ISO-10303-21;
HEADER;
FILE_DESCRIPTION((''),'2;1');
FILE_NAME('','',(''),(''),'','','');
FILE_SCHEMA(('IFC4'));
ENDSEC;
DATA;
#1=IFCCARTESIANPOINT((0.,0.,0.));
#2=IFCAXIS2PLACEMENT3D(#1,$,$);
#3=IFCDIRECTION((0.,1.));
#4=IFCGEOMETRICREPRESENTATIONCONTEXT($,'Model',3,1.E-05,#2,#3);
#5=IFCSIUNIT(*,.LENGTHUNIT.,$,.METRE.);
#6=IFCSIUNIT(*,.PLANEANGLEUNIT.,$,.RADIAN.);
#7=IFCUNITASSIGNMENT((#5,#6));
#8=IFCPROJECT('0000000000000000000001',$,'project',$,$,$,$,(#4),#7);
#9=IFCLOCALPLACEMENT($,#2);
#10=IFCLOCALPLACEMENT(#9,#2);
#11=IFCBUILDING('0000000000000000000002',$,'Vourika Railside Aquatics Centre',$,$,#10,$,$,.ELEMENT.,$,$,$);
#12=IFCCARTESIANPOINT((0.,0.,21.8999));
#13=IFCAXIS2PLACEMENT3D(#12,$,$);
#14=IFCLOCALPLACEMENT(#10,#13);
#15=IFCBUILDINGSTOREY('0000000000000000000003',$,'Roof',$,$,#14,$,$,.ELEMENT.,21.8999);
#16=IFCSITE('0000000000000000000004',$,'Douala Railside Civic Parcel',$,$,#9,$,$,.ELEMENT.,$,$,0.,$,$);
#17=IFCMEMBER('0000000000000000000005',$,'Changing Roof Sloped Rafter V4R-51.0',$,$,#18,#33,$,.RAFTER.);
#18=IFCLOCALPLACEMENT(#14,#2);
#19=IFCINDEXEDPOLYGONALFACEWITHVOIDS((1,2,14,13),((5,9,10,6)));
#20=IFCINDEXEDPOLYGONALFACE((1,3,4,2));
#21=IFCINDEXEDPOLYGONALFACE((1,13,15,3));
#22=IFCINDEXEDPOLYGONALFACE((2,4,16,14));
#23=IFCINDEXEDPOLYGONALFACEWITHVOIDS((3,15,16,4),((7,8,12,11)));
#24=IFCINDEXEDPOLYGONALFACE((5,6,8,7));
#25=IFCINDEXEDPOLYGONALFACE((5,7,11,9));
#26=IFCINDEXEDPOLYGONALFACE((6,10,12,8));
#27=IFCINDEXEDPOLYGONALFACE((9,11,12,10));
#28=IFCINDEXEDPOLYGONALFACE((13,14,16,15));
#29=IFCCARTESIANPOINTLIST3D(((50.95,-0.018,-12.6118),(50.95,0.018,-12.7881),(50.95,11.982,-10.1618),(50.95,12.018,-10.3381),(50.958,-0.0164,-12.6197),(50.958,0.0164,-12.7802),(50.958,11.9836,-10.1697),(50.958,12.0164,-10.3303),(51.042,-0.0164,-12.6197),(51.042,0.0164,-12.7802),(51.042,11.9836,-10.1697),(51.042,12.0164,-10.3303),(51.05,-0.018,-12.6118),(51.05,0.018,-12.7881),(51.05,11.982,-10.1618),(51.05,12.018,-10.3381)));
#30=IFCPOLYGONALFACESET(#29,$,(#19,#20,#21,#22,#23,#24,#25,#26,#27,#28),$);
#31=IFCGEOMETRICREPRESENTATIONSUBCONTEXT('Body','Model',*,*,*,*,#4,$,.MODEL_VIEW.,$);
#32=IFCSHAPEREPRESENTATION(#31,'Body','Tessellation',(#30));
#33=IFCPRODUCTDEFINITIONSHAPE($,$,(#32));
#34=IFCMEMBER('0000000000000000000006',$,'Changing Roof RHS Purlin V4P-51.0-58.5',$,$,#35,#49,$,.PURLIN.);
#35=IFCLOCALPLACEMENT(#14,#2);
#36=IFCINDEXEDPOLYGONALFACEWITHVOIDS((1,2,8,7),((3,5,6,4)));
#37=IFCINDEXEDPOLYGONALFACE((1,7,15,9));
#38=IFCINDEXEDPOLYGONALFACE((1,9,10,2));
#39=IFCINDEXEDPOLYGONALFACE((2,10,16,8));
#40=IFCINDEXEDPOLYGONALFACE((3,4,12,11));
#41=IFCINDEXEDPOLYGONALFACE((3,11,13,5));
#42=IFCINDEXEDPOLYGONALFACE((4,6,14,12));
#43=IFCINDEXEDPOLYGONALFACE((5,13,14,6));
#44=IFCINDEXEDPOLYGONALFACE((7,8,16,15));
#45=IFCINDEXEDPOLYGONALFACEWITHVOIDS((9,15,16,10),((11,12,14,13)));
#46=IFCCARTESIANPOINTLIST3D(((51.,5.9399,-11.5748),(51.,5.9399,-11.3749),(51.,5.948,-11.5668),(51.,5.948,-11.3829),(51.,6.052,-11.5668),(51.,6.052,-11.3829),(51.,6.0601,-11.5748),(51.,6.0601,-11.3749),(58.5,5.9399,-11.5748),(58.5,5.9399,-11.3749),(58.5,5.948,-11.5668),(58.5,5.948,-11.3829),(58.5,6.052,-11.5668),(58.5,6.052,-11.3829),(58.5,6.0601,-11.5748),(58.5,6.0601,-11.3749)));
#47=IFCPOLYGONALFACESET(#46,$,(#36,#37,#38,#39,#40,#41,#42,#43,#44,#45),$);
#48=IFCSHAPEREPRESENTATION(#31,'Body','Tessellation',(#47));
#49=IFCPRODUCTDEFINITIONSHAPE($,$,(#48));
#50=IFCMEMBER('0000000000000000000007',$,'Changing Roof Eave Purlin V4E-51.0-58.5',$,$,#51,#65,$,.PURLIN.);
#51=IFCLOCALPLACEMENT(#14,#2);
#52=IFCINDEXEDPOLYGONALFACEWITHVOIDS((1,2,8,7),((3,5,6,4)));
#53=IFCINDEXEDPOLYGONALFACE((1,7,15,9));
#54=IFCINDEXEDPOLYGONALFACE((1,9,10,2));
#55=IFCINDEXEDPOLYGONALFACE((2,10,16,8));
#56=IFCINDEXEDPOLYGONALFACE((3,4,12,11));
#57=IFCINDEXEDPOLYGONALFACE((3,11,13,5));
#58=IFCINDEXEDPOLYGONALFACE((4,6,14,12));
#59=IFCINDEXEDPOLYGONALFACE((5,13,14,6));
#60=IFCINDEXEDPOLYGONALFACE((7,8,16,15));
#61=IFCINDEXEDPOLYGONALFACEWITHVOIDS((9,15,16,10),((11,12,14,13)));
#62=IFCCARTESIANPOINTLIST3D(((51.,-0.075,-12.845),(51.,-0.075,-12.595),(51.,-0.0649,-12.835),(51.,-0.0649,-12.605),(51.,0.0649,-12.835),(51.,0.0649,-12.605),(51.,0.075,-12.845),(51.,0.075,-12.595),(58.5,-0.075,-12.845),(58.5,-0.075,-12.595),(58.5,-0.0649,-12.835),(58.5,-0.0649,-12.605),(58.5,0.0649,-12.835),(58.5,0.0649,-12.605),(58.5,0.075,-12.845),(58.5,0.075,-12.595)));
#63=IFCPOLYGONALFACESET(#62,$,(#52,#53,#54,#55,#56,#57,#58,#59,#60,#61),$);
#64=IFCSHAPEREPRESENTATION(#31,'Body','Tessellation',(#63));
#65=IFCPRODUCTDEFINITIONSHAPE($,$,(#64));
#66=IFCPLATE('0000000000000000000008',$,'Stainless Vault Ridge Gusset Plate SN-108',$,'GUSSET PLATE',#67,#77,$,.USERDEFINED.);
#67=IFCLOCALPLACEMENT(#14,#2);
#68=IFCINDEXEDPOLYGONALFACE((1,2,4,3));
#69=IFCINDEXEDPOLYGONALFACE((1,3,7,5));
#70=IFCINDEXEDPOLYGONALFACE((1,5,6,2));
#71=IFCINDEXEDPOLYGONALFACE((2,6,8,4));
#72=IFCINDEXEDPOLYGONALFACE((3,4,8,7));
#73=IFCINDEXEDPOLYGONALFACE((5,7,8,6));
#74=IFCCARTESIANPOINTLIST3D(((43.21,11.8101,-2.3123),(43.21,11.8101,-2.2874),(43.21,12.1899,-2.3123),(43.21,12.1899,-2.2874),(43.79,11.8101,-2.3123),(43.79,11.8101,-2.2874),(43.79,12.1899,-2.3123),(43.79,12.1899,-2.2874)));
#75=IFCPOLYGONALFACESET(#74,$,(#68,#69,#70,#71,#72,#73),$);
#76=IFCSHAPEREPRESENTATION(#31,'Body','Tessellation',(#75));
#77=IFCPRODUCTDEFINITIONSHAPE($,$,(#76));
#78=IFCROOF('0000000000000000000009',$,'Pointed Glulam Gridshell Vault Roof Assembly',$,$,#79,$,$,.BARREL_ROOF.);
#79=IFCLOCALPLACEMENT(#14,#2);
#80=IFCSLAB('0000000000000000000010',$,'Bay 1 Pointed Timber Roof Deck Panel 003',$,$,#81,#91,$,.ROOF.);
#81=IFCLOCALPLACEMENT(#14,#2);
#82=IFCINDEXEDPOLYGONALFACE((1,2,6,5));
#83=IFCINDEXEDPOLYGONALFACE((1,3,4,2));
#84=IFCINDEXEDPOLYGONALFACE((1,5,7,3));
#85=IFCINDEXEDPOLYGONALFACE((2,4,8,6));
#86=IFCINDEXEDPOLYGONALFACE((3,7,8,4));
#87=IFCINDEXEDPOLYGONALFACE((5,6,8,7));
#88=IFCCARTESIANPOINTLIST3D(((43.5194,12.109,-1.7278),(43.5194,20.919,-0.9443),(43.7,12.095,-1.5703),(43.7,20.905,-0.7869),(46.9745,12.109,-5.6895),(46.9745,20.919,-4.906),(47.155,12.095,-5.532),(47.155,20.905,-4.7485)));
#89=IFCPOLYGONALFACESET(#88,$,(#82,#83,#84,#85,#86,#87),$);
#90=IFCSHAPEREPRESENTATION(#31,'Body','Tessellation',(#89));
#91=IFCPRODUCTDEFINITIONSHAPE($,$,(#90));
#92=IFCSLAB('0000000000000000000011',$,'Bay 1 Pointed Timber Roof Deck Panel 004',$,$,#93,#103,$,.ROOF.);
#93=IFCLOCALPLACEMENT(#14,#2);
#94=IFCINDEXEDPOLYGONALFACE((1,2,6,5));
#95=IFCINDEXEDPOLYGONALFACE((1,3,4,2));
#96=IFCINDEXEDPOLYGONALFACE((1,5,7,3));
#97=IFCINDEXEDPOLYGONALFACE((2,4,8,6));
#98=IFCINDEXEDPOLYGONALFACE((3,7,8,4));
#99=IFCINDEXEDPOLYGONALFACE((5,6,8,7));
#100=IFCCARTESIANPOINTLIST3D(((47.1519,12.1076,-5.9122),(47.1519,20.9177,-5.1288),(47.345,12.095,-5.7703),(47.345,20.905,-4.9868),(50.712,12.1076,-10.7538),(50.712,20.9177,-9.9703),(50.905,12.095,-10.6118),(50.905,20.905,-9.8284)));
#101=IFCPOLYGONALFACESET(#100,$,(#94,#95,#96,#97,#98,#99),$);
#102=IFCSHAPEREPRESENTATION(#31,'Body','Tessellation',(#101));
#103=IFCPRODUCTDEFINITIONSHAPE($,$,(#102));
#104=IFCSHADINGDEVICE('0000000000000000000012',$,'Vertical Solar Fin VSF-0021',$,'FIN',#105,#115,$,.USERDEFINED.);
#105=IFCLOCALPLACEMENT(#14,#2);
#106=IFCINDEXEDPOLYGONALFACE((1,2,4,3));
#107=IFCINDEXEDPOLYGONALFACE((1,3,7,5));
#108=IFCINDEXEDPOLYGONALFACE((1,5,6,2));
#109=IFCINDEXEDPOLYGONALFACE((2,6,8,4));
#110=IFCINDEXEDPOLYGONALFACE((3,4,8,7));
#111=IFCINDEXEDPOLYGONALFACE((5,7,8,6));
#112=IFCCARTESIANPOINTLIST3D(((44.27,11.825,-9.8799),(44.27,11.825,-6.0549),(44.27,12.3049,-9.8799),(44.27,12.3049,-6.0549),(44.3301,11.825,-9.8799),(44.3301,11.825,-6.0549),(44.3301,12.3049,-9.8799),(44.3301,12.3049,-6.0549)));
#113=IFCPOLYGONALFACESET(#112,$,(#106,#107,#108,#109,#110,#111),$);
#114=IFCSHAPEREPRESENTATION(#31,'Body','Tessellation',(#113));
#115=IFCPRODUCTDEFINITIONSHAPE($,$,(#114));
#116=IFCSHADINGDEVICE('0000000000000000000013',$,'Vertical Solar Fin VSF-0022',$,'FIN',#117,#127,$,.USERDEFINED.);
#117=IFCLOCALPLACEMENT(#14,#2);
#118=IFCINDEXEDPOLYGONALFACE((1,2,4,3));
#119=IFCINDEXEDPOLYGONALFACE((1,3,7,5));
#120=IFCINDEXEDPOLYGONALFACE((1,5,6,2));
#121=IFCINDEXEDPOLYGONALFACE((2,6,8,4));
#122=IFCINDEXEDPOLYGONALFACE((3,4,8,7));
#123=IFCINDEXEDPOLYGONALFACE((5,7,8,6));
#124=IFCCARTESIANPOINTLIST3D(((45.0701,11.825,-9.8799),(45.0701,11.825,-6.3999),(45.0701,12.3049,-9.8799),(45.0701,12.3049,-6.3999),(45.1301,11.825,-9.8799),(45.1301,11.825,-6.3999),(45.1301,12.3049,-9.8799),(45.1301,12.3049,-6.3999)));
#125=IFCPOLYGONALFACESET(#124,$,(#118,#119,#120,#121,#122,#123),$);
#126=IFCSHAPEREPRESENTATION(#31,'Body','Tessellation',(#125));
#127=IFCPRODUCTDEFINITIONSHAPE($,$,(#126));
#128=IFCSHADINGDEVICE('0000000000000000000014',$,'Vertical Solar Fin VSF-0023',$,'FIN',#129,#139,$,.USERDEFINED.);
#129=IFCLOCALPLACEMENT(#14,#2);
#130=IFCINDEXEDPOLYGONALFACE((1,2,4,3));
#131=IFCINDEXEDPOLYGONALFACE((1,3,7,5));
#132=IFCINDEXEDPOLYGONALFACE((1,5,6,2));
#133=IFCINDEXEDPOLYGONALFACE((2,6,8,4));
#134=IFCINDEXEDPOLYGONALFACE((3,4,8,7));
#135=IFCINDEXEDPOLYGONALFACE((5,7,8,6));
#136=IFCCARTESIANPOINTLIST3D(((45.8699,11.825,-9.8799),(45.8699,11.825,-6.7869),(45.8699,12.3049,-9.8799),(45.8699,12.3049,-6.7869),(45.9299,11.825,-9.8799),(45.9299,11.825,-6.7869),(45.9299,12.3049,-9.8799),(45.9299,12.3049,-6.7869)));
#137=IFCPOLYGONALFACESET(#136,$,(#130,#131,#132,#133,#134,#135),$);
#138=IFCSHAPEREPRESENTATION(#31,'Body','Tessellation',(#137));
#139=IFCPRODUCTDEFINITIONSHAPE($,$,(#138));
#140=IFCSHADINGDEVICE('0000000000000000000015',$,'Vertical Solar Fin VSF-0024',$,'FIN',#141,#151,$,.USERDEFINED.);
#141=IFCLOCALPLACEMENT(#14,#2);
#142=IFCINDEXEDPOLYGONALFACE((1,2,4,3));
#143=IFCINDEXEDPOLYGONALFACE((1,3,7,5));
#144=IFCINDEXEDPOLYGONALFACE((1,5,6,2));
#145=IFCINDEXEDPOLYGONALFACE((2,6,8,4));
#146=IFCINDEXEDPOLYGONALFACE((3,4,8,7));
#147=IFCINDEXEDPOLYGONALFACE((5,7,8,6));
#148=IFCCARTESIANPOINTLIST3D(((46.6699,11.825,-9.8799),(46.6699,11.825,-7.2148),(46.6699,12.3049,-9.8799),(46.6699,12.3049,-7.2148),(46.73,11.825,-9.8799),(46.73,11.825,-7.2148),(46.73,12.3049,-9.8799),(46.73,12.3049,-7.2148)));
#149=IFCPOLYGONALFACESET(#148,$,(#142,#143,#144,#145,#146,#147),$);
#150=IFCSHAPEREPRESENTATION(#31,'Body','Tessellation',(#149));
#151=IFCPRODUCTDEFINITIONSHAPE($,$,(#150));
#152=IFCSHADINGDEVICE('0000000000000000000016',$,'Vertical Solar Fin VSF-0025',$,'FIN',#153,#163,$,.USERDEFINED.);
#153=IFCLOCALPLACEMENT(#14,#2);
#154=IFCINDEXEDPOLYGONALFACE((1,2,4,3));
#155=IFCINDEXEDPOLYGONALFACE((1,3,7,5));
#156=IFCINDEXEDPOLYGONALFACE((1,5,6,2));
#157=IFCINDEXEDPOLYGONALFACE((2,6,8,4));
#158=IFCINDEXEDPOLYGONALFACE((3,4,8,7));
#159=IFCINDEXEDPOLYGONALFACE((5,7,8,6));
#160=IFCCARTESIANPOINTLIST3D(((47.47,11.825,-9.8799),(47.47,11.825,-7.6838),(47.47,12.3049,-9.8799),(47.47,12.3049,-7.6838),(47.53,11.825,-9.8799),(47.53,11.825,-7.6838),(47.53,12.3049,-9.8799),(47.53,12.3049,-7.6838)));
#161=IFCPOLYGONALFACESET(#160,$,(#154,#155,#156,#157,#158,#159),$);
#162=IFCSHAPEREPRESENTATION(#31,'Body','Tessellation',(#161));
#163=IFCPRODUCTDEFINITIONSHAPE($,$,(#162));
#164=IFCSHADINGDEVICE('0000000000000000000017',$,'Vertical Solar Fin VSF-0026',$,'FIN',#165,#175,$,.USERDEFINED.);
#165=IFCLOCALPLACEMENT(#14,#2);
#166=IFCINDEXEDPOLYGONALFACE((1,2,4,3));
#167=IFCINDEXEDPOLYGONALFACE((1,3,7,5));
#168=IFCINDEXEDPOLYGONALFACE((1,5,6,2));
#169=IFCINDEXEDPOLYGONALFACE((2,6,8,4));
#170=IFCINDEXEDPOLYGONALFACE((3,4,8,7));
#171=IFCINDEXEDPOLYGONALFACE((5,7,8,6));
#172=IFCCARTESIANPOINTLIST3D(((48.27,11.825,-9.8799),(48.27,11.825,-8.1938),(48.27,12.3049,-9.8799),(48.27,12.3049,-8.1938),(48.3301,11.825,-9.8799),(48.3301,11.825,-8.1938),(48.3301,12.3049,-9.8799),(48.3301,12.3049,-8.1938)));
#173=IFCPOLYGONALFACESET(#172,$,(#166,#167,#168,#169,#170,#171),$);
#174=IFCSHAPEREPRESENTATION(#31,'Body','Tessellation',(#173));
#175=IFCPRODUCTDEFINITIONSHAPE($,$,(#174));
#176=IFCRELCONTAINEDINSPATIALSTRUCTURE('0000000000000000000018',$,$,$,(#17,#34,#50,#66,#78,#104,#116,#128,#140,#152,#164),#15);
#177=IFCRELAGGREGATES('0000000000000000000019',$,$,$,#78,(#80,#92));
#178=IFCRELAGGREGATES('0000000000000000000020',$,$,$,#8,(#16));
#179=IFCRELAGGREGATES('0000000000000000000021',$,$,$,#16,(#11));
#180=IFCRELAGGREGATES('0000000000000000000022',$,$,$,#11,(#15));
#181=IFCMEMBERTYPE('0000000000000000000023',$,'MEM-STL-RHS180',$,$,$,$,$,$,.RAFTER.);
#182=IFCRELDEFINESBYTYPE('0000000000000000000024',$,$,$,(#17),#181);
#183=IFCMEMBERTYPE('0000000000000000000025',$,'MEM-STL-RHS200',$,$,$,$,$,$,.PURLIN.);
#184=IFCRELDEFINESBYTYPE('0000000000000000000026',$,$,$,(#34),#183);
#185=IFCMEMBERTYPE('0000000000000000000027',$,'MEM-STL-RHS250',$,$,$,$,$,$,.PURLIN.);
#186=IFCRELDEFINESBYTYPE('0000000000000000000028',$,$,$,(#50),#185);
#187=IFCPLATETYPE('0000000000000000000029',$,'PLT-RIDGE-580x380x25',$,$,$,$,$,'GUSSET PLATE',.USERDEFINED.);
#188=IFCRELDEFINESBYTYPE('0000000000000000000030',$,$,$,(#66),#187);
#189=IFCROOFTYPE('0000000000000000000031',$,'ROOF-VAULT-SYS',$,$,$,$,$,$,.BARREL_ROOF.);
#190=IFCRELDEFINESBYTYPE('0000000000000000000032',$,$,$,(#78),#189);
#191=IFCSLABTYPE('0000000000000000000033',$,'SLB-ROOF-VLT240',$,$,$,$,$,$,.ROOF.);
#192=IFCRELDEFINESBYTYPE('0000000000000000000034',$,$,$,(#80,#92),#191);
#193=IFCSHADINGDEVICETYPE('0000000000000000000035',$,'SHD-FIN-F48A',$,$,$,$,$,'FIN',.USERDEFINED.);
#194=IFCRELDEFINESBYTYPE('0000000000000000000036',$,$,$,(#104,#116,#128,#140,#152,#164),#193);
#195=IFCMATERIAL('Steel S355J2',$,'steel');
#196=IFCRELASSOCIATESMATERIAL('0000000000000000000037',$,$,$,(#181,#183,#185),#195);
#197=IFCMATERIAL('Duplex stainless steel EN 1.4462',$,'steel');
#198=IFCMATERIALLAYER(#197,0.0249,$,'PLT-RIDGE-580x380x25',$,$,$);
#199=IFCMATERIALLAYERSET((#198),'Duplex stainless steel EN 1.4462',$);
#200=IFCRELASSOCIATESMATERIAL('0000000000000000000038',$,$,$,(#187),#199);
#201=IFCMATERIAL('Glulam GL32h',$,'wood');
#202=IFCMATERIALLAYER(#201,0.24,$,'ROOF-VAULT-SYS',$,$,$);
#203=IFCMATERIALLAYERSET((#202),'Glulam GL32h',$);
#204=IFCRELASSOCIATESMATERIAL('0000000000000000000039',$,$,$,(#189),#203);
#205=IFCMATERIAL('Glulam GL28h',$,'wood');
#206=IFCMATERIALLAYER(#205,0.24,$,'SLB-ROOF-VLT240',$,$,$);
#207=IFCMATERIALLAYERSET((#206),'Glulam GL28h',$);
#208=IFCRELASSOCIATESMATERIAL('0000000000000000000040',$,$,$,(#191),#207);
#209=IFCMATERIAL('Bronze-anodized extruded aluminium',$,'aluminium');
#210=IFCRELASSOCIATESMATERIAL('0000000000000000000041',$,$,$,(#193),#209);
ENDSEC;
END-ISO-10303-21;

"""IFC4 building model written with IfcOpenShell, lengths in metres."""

from ifc_helpers import new_model, si_unit, direction, frame, origin, origin_2d, place, context, subcontext, project, spatial, polyline, rectangle, hollow_rectangle, outline, extrude, material, layer, layer_set, material_profile, profile_set, type_object, element, aggregate, save


model = new_model("IFC4")

# Units and contexts
model_context = context("Model", 3, precision=1e-05, world=origin(), true_north=direction((0.0, 1.0)))
body_context = subcontext(model_context, "Body", "Model", "MODEL_VIEW")
ifc_project = project(units=[si_unit("LENGTHUNIT", "METRE"), si_unit("PLANEANGLEUNIT", "RADIAN")], contexts=[model_context])

# Site, building, storey
site_placement = place(None, origin())
site = spatial("IfcSite", under=ifc_project, at=site_placement, Name="Douala Railside Civic Parcel", CompositionType="ELEMENT", RefElevation=0.0)
building_placement = place(site_placement, origin())
building = spatial("IfcBuilding", under=site, at=building_placement, Name="Vourika Railside Aquatics Centre", CompositionType="ELEMENT")
storey_placement = place(building_placement, frame((0.0, 0.0, 21.8999)))
storey = spatial("IfcBuildingStorey", under=building, at=storey_placement, Name="Roof", CompositionType="ELEMENT", Elevation=21.8999)

# Shared definitions
ifc_material_1 = material(Name="Steel S355J2", Category="steel")

# Shared definitions
ifc_material_2 = material(Name="Glulam GL32h", Category="wood")

# Members
ifc_material_3 = material(Name="Glulam GL28h", Category="wood")
ifc_material_profile_1 = material_profile(ifc_material_1, hollow_rectangle(XDim=0.1001, YDim=0.1799, WallThickness=0.0081, at=origin_2d()), Name="RHS 180x100x8")
ifc_profile_set_1 = profile_set([ifc_material_profile_1], Name="Steel S355J2")
member_type_1 = type_object("IfcMemberType", Name="MEM-STL-RHS180", PredefinedType="RAFTER", material=ifc_profile_set_1)
member_1_placement = place(storey_placement, frame((51.0, 0.0, -12.7), z_axis=(0.0, 0.979789, 0.200036), x_axis=(-1.0, 0.0, 0.0)))
element("IfcMember", 1, at=member_1_placement, inside=storey, type_object=member_type_1, Name="Changing Roof Sloped Rafter V4R-51.0", PredefinedType="RAFTER", context=body_context, shape_type="SweptSolid", body=[
    extrude(hollow_rectangle(XDim=0.1001, YDim=0.1799, WallThickness=0.0081, at=origin_2d()), origin(), (0.0, 0.0, 1.0), 12.2476),
])
ifc_material_profile_2 = material_profile(ifc_material_1, hollow_rectangle(XDim=0.1201, YDim=0.2, WallThickness=0.0081, at=origin_2d()), Name="RHS 200x120x8")
ifc_profile_set_2 = profile_set([ifc_material_profile_2], Name="Steel S355J2")
member_type_2 = type_object("IfcMemberType", Name="MEM-STL-RHS200", PredefinedType="PURLIN", material=ifc_profile_set_2)
member_2_placement = place(storey_placement, frame((51.0, 6.0, -11.4749), z_axis=(1.0, 0.0, 0.0), x_axis=(0.0, 1.0, 0.0)))
element("IfcMember", 2, at=member_2_placement, inside=storey, type_object=member_type_2, Name="Changing Roof RHS Purlin V4P-51.0-58.5", PredefinedType="PURLIN", context=body_context, shape_type="SweptSolid", body=[
    extrude(hollow_rectangle(XDim=0.1201, YDim=0.2, WallThickness=0.0081, at=origin_2d()), origin(), (0.0, 0.0, 1.0), 7.5),
])
ifc_material_profile_3 = material_profile(ifc_material_1, hollow_rectangle(XDim=0.1499, YDim=0.25, WallThickness=0.01, at=origin_2d()), Name="RHS 250x150x10")
ifc_profile_set_3 = profile_set([ifc_material_profile_3], Name="Steel S355J2")
member_type_3 = type_object("IfcMemberType", Name="MEM-STL-RHS250", PredefinedType="PURLIN", material=ifc_profile_set_3)
member_3_placement = place(storey_placement, frame((51.0, 0.0, -12.72), z_axis=(1.0, 0.0, 0.0), x_axis=(0.0, 1.0, 0.0)))
element("IfcMember", 3, at=member_3_placement, inside=storey, type_object=member_type_3, Name="Changing Roof Eave Purlin V4E-51.0-58.5", PredefinedType="PURLIN", context=body_context, shape_type="SweptSolid", body=[
    extrude(hollow_rectangle(XDim=0.1499, YDim=0.25, WallThickness=0.01, at=origin_2d()), origin(), (0.0, 0.0, 1.0), 7.5),
])

# Plate
ifc_material_4 = material(Name="Duplex stainless steel EN 1.4462", Category="steel")
ifc_layer_1 = layer(ifc_material_4, 0.0249, Name="PLT-RIDGE-580x380x25")
ifc_layer_set_1 = layer_set([ifc_layer_1], Name="Duplex stainless steel EN 1.4462")
plate_type = type_object("IfcPlateType", Name="PLT-RIDGE-580x380x25", ElementType="GUSSET PLATE", PredefinedType="USERDEFINED", material=ifc_layer_set_1)
plate_placement = place(storey_placement, frame((43.5, 12.0, -2.3123), z_axis=(0.0, 0.0, 1.0), x_axis=(1.0, 0.0, 0.0)))
element("IfcPlate", 4, at=plate_placement, inside=storey, type_object=plate_type, Name="Stainless Vault Ridge Gusset Plate SN-108", ObjectType="GUSSET PLATE", PredefinedType="USERDEFINED", context=body_context, shape_type="SweptSolid", body=[
    extrude(rectangle(XDim=0.5801, YDim=0.3799, at=origin_2d()), origin(), (0.0, 0.0, 1.0), 0.0249),
])

# Roof, slabs
ifc_layer_2 = layer(ifc_material_2, 0.24, Name="ROOF-VAULT-SYS")
ifc_layer_set_2 = layer_set([ifc_layer_2], Name="Glulam GL32h")
roof_type = type_object("IfcRoofType", Name="ROOF-VAULT-SYS", PredefinedType="BARREL_ROOF", material=ifc_layer_set_2)
roof_placement = place(storey_placement, origin())
roof = element("IfcRoof", 5, at=roof_placement, inside=storey, type_object=roof_type, Name="Pointed Glulam Gridshell Vault Roof Assembly", PredefinedType="BARREL_ROOF")
ifc_layer_3 = layer(ifc_material_3, 0.24, Name="SLB-ROOF-VLT240")
ifc_layer_set_3 = layer_set([ifc_layer_3], Name="Glulam GL28h")
slab_type = type_object("IfcSlabType", Name="SLB-ROOF-VLT240", PredefinedType="ROOF", material=ifc_layer_set_3)
slab_1_placement = place(storey_placement, frame((43.7, 12.095, -1.5703), z_axis=(0.752365, -0.05835, 0.656157), x_axis=(0.657277, 0.0, -0.753649)))
slab_1 = element("IfcSlab", 6, at=slab_1_placement, type_object=slab_type, Name="Bay 1 Pointed Timber Roof Deck Panel 003", PredefinedType="ROOF", context=body_context, shape_type="SweptSolid", body=[
    extrude(outline(polyline([(0.0, 0.0), (5.2567, 0.0), (4.6662, 8.8251), (-0.5904, 8.8251), (0.0, 0.0)])), origin(), (0.0, 0.0, -1.0), 0.24),
])
slab_2_placement = place(storey_placement, frame((47.345, 12.095, -5.7703), z_axis=(0.804528, -0.052607, 0.59158), x_axis=(0.592401, 0.0, -0.805644)))
slab_2 = element("IfcSlab", 7, at=slab_2_placement, type_object=slab_type, Name="Bay 1 Pointed Timber Roof Deck Panel 004", PredefinedType="ROOF", context=body_context, shape_type="SweptSolid", body=[
    extrude(outline(polyline([(0.0, 0.0), (6.0095, 0.0), (5.3784, 8.8223), (-0.6312, 8.8223), (0.0, 0.0)])), origin(), (0.0, 0.0, -1.0), 0.24),
])
aggregate(roof, [slab_1, slab_2])

# Shading devices
ifc_material_5 = material(Name="Bronze-anodized extruded aluminium", Category="aluminium")
ifc_material_profile_4 = material_profile(ifc_material_5, rectangle(XDim=0.0601, YDim=0.48, at=origin_2d()), Name="ALU-FIN 60x480")
ifc_profile_set_4 = profile_set([ifc_material_profile_4], Name="Bronze-anodized extruded aluminium")
shading_device_type_1 = type_object("IfcShadingDeviceType", Name="SHD-FIN-F48A", ElementType="FIN", PredefinedType="USERDEFINED", material=ifc_profile_set_4)
shading_device_1_placement = place(storey_placement, frame((44.3, 12.0649, -9.8799), z_axis=(0.0, 0.0, 1.0), x_axis=(-1.0, 0.0, 0.0)))
element("IfcShadingDevice", 8, at=shading_device_1_placement, inside=storey, type_object=shading_device_type_1, Name="Vertical Solar Fin VSF-0021", ObjectType="FIN", PredefinedType="USERDEFINED", context=body_context, shape_type="SweptSolid", body=[
    extrude(rectangle(XDim=0.0601, YDim=0.48, at=origin_2d()), origin(), (0.0, 0.0, 1.0), 3.825),
])
shading_device_2_placement = place(storey_placement, frame((45.1001, 12.0649, -9.8799), z_axis=(0.0, 0.0, 1.0), x_axis=(-1.0, 0.0, 0.0)))
element("IfcShadingDevice", 9, at=shading_device_2_placement, inside=storey, type_object=shading_device_type_1, Name="Vertical Solar Fin VSF-0022", ObjectType="FIN", PredefinedType="USERDEFINED", context=body_context, shape_type="SweptSolid", body=[
    extrude(rectangle(XDim=0.0601, YDim=0.48, at=origin_2d()), origin(), (0.0, 0.0, 1.0), 3.48),
])
shading_device_3_placement = place(storey_placement, frame((45.8999, 12.0649, -9.8799), z_axis=(0.0, 0.0, 1.0), x_axis=(-1.0, 0.0, 0.0)))
element("IfcShadingDevice", 10, at=shading_device_3_placement, inside=storey, type_object=shading_device_type_1, Name="Vertical Solar Fin VSF-0023", ObjectType="FIN", PredefinedType="USERDEFINED", context=body_context, shape_type="SweptSolid", body=[
    extrude(rectangle(XDim=0.0601, YDim=0.48, at=origin_2d()), origin(), (0.0, 0.0, 1.0), 3.093),
])
shading_device_4_placement = place(storey_placement, frame((46.7, 12.0649, -9.8799), z_axis=(0.0, 0.0, 1.0), x_axis=(-1.0, 0.0, 0.0)))
element("IfcShadingDevice", 11, at=shading_device_4_placement, inside=storey, type_object=shading_device_type_1, Name="Vertical Solar Fin VSF-0024", ObjectType="FIN", PredefinedType="USERDEFINED", context=body_context, shape_type="SweptSolid", body=[
    extrude(rectangle(XDim=0.0601, YDim=0.48, at=origin_2d()), origin(), (0.0, 0.0, 1.0), 2.665),
])
shading_device_5_placement = place(storey_placement, frame((47.5, 12.0649, -9.8799), z_axis=(0.0, 0.0, 1.0), x_axis=(-1.0, 0.0, 0.0)))
element("IfcShadingDevice", 12, at=shading_device_5_placement, inside=storey, type_object=shading_device_type_1, Name="Vertical Solar Fin VSF-0025", ObjectType="FIN", PredefinedType="USERDEFINED", context=body_context, shape_type="SweptSolid", body=[
    extrude(rectangle(XDim=0.0601, YDim=0.48, at=origin_2d()), origin(), (0.0, 0.0, 1.0), 2.196),
])
shading_device_6_placement = place(storey_placement, frame((48.3, 12.0649, -9.8799), z_axis=(0.0, 0.0, 1.0), x_axis=(-1.0, 0.0, 0.0)))
element("IfcShadingDevice", 13, at=shading_device_6_placement, inside=storey, type_object=shading_device_type_1, Name="Vertical Solar Fin VSF-0026", ObjectType="FIN", PredefinedType="USERDEFINED", context=body_context, shape_type="SweptSolid", body=[
    extrude(rectangle(XDim=0.0601, YDim=0.48, at=origin_2d()), origin(), (0.0, 0.0, 1.0), 1.686),
])

save(model, "model.ifc")
